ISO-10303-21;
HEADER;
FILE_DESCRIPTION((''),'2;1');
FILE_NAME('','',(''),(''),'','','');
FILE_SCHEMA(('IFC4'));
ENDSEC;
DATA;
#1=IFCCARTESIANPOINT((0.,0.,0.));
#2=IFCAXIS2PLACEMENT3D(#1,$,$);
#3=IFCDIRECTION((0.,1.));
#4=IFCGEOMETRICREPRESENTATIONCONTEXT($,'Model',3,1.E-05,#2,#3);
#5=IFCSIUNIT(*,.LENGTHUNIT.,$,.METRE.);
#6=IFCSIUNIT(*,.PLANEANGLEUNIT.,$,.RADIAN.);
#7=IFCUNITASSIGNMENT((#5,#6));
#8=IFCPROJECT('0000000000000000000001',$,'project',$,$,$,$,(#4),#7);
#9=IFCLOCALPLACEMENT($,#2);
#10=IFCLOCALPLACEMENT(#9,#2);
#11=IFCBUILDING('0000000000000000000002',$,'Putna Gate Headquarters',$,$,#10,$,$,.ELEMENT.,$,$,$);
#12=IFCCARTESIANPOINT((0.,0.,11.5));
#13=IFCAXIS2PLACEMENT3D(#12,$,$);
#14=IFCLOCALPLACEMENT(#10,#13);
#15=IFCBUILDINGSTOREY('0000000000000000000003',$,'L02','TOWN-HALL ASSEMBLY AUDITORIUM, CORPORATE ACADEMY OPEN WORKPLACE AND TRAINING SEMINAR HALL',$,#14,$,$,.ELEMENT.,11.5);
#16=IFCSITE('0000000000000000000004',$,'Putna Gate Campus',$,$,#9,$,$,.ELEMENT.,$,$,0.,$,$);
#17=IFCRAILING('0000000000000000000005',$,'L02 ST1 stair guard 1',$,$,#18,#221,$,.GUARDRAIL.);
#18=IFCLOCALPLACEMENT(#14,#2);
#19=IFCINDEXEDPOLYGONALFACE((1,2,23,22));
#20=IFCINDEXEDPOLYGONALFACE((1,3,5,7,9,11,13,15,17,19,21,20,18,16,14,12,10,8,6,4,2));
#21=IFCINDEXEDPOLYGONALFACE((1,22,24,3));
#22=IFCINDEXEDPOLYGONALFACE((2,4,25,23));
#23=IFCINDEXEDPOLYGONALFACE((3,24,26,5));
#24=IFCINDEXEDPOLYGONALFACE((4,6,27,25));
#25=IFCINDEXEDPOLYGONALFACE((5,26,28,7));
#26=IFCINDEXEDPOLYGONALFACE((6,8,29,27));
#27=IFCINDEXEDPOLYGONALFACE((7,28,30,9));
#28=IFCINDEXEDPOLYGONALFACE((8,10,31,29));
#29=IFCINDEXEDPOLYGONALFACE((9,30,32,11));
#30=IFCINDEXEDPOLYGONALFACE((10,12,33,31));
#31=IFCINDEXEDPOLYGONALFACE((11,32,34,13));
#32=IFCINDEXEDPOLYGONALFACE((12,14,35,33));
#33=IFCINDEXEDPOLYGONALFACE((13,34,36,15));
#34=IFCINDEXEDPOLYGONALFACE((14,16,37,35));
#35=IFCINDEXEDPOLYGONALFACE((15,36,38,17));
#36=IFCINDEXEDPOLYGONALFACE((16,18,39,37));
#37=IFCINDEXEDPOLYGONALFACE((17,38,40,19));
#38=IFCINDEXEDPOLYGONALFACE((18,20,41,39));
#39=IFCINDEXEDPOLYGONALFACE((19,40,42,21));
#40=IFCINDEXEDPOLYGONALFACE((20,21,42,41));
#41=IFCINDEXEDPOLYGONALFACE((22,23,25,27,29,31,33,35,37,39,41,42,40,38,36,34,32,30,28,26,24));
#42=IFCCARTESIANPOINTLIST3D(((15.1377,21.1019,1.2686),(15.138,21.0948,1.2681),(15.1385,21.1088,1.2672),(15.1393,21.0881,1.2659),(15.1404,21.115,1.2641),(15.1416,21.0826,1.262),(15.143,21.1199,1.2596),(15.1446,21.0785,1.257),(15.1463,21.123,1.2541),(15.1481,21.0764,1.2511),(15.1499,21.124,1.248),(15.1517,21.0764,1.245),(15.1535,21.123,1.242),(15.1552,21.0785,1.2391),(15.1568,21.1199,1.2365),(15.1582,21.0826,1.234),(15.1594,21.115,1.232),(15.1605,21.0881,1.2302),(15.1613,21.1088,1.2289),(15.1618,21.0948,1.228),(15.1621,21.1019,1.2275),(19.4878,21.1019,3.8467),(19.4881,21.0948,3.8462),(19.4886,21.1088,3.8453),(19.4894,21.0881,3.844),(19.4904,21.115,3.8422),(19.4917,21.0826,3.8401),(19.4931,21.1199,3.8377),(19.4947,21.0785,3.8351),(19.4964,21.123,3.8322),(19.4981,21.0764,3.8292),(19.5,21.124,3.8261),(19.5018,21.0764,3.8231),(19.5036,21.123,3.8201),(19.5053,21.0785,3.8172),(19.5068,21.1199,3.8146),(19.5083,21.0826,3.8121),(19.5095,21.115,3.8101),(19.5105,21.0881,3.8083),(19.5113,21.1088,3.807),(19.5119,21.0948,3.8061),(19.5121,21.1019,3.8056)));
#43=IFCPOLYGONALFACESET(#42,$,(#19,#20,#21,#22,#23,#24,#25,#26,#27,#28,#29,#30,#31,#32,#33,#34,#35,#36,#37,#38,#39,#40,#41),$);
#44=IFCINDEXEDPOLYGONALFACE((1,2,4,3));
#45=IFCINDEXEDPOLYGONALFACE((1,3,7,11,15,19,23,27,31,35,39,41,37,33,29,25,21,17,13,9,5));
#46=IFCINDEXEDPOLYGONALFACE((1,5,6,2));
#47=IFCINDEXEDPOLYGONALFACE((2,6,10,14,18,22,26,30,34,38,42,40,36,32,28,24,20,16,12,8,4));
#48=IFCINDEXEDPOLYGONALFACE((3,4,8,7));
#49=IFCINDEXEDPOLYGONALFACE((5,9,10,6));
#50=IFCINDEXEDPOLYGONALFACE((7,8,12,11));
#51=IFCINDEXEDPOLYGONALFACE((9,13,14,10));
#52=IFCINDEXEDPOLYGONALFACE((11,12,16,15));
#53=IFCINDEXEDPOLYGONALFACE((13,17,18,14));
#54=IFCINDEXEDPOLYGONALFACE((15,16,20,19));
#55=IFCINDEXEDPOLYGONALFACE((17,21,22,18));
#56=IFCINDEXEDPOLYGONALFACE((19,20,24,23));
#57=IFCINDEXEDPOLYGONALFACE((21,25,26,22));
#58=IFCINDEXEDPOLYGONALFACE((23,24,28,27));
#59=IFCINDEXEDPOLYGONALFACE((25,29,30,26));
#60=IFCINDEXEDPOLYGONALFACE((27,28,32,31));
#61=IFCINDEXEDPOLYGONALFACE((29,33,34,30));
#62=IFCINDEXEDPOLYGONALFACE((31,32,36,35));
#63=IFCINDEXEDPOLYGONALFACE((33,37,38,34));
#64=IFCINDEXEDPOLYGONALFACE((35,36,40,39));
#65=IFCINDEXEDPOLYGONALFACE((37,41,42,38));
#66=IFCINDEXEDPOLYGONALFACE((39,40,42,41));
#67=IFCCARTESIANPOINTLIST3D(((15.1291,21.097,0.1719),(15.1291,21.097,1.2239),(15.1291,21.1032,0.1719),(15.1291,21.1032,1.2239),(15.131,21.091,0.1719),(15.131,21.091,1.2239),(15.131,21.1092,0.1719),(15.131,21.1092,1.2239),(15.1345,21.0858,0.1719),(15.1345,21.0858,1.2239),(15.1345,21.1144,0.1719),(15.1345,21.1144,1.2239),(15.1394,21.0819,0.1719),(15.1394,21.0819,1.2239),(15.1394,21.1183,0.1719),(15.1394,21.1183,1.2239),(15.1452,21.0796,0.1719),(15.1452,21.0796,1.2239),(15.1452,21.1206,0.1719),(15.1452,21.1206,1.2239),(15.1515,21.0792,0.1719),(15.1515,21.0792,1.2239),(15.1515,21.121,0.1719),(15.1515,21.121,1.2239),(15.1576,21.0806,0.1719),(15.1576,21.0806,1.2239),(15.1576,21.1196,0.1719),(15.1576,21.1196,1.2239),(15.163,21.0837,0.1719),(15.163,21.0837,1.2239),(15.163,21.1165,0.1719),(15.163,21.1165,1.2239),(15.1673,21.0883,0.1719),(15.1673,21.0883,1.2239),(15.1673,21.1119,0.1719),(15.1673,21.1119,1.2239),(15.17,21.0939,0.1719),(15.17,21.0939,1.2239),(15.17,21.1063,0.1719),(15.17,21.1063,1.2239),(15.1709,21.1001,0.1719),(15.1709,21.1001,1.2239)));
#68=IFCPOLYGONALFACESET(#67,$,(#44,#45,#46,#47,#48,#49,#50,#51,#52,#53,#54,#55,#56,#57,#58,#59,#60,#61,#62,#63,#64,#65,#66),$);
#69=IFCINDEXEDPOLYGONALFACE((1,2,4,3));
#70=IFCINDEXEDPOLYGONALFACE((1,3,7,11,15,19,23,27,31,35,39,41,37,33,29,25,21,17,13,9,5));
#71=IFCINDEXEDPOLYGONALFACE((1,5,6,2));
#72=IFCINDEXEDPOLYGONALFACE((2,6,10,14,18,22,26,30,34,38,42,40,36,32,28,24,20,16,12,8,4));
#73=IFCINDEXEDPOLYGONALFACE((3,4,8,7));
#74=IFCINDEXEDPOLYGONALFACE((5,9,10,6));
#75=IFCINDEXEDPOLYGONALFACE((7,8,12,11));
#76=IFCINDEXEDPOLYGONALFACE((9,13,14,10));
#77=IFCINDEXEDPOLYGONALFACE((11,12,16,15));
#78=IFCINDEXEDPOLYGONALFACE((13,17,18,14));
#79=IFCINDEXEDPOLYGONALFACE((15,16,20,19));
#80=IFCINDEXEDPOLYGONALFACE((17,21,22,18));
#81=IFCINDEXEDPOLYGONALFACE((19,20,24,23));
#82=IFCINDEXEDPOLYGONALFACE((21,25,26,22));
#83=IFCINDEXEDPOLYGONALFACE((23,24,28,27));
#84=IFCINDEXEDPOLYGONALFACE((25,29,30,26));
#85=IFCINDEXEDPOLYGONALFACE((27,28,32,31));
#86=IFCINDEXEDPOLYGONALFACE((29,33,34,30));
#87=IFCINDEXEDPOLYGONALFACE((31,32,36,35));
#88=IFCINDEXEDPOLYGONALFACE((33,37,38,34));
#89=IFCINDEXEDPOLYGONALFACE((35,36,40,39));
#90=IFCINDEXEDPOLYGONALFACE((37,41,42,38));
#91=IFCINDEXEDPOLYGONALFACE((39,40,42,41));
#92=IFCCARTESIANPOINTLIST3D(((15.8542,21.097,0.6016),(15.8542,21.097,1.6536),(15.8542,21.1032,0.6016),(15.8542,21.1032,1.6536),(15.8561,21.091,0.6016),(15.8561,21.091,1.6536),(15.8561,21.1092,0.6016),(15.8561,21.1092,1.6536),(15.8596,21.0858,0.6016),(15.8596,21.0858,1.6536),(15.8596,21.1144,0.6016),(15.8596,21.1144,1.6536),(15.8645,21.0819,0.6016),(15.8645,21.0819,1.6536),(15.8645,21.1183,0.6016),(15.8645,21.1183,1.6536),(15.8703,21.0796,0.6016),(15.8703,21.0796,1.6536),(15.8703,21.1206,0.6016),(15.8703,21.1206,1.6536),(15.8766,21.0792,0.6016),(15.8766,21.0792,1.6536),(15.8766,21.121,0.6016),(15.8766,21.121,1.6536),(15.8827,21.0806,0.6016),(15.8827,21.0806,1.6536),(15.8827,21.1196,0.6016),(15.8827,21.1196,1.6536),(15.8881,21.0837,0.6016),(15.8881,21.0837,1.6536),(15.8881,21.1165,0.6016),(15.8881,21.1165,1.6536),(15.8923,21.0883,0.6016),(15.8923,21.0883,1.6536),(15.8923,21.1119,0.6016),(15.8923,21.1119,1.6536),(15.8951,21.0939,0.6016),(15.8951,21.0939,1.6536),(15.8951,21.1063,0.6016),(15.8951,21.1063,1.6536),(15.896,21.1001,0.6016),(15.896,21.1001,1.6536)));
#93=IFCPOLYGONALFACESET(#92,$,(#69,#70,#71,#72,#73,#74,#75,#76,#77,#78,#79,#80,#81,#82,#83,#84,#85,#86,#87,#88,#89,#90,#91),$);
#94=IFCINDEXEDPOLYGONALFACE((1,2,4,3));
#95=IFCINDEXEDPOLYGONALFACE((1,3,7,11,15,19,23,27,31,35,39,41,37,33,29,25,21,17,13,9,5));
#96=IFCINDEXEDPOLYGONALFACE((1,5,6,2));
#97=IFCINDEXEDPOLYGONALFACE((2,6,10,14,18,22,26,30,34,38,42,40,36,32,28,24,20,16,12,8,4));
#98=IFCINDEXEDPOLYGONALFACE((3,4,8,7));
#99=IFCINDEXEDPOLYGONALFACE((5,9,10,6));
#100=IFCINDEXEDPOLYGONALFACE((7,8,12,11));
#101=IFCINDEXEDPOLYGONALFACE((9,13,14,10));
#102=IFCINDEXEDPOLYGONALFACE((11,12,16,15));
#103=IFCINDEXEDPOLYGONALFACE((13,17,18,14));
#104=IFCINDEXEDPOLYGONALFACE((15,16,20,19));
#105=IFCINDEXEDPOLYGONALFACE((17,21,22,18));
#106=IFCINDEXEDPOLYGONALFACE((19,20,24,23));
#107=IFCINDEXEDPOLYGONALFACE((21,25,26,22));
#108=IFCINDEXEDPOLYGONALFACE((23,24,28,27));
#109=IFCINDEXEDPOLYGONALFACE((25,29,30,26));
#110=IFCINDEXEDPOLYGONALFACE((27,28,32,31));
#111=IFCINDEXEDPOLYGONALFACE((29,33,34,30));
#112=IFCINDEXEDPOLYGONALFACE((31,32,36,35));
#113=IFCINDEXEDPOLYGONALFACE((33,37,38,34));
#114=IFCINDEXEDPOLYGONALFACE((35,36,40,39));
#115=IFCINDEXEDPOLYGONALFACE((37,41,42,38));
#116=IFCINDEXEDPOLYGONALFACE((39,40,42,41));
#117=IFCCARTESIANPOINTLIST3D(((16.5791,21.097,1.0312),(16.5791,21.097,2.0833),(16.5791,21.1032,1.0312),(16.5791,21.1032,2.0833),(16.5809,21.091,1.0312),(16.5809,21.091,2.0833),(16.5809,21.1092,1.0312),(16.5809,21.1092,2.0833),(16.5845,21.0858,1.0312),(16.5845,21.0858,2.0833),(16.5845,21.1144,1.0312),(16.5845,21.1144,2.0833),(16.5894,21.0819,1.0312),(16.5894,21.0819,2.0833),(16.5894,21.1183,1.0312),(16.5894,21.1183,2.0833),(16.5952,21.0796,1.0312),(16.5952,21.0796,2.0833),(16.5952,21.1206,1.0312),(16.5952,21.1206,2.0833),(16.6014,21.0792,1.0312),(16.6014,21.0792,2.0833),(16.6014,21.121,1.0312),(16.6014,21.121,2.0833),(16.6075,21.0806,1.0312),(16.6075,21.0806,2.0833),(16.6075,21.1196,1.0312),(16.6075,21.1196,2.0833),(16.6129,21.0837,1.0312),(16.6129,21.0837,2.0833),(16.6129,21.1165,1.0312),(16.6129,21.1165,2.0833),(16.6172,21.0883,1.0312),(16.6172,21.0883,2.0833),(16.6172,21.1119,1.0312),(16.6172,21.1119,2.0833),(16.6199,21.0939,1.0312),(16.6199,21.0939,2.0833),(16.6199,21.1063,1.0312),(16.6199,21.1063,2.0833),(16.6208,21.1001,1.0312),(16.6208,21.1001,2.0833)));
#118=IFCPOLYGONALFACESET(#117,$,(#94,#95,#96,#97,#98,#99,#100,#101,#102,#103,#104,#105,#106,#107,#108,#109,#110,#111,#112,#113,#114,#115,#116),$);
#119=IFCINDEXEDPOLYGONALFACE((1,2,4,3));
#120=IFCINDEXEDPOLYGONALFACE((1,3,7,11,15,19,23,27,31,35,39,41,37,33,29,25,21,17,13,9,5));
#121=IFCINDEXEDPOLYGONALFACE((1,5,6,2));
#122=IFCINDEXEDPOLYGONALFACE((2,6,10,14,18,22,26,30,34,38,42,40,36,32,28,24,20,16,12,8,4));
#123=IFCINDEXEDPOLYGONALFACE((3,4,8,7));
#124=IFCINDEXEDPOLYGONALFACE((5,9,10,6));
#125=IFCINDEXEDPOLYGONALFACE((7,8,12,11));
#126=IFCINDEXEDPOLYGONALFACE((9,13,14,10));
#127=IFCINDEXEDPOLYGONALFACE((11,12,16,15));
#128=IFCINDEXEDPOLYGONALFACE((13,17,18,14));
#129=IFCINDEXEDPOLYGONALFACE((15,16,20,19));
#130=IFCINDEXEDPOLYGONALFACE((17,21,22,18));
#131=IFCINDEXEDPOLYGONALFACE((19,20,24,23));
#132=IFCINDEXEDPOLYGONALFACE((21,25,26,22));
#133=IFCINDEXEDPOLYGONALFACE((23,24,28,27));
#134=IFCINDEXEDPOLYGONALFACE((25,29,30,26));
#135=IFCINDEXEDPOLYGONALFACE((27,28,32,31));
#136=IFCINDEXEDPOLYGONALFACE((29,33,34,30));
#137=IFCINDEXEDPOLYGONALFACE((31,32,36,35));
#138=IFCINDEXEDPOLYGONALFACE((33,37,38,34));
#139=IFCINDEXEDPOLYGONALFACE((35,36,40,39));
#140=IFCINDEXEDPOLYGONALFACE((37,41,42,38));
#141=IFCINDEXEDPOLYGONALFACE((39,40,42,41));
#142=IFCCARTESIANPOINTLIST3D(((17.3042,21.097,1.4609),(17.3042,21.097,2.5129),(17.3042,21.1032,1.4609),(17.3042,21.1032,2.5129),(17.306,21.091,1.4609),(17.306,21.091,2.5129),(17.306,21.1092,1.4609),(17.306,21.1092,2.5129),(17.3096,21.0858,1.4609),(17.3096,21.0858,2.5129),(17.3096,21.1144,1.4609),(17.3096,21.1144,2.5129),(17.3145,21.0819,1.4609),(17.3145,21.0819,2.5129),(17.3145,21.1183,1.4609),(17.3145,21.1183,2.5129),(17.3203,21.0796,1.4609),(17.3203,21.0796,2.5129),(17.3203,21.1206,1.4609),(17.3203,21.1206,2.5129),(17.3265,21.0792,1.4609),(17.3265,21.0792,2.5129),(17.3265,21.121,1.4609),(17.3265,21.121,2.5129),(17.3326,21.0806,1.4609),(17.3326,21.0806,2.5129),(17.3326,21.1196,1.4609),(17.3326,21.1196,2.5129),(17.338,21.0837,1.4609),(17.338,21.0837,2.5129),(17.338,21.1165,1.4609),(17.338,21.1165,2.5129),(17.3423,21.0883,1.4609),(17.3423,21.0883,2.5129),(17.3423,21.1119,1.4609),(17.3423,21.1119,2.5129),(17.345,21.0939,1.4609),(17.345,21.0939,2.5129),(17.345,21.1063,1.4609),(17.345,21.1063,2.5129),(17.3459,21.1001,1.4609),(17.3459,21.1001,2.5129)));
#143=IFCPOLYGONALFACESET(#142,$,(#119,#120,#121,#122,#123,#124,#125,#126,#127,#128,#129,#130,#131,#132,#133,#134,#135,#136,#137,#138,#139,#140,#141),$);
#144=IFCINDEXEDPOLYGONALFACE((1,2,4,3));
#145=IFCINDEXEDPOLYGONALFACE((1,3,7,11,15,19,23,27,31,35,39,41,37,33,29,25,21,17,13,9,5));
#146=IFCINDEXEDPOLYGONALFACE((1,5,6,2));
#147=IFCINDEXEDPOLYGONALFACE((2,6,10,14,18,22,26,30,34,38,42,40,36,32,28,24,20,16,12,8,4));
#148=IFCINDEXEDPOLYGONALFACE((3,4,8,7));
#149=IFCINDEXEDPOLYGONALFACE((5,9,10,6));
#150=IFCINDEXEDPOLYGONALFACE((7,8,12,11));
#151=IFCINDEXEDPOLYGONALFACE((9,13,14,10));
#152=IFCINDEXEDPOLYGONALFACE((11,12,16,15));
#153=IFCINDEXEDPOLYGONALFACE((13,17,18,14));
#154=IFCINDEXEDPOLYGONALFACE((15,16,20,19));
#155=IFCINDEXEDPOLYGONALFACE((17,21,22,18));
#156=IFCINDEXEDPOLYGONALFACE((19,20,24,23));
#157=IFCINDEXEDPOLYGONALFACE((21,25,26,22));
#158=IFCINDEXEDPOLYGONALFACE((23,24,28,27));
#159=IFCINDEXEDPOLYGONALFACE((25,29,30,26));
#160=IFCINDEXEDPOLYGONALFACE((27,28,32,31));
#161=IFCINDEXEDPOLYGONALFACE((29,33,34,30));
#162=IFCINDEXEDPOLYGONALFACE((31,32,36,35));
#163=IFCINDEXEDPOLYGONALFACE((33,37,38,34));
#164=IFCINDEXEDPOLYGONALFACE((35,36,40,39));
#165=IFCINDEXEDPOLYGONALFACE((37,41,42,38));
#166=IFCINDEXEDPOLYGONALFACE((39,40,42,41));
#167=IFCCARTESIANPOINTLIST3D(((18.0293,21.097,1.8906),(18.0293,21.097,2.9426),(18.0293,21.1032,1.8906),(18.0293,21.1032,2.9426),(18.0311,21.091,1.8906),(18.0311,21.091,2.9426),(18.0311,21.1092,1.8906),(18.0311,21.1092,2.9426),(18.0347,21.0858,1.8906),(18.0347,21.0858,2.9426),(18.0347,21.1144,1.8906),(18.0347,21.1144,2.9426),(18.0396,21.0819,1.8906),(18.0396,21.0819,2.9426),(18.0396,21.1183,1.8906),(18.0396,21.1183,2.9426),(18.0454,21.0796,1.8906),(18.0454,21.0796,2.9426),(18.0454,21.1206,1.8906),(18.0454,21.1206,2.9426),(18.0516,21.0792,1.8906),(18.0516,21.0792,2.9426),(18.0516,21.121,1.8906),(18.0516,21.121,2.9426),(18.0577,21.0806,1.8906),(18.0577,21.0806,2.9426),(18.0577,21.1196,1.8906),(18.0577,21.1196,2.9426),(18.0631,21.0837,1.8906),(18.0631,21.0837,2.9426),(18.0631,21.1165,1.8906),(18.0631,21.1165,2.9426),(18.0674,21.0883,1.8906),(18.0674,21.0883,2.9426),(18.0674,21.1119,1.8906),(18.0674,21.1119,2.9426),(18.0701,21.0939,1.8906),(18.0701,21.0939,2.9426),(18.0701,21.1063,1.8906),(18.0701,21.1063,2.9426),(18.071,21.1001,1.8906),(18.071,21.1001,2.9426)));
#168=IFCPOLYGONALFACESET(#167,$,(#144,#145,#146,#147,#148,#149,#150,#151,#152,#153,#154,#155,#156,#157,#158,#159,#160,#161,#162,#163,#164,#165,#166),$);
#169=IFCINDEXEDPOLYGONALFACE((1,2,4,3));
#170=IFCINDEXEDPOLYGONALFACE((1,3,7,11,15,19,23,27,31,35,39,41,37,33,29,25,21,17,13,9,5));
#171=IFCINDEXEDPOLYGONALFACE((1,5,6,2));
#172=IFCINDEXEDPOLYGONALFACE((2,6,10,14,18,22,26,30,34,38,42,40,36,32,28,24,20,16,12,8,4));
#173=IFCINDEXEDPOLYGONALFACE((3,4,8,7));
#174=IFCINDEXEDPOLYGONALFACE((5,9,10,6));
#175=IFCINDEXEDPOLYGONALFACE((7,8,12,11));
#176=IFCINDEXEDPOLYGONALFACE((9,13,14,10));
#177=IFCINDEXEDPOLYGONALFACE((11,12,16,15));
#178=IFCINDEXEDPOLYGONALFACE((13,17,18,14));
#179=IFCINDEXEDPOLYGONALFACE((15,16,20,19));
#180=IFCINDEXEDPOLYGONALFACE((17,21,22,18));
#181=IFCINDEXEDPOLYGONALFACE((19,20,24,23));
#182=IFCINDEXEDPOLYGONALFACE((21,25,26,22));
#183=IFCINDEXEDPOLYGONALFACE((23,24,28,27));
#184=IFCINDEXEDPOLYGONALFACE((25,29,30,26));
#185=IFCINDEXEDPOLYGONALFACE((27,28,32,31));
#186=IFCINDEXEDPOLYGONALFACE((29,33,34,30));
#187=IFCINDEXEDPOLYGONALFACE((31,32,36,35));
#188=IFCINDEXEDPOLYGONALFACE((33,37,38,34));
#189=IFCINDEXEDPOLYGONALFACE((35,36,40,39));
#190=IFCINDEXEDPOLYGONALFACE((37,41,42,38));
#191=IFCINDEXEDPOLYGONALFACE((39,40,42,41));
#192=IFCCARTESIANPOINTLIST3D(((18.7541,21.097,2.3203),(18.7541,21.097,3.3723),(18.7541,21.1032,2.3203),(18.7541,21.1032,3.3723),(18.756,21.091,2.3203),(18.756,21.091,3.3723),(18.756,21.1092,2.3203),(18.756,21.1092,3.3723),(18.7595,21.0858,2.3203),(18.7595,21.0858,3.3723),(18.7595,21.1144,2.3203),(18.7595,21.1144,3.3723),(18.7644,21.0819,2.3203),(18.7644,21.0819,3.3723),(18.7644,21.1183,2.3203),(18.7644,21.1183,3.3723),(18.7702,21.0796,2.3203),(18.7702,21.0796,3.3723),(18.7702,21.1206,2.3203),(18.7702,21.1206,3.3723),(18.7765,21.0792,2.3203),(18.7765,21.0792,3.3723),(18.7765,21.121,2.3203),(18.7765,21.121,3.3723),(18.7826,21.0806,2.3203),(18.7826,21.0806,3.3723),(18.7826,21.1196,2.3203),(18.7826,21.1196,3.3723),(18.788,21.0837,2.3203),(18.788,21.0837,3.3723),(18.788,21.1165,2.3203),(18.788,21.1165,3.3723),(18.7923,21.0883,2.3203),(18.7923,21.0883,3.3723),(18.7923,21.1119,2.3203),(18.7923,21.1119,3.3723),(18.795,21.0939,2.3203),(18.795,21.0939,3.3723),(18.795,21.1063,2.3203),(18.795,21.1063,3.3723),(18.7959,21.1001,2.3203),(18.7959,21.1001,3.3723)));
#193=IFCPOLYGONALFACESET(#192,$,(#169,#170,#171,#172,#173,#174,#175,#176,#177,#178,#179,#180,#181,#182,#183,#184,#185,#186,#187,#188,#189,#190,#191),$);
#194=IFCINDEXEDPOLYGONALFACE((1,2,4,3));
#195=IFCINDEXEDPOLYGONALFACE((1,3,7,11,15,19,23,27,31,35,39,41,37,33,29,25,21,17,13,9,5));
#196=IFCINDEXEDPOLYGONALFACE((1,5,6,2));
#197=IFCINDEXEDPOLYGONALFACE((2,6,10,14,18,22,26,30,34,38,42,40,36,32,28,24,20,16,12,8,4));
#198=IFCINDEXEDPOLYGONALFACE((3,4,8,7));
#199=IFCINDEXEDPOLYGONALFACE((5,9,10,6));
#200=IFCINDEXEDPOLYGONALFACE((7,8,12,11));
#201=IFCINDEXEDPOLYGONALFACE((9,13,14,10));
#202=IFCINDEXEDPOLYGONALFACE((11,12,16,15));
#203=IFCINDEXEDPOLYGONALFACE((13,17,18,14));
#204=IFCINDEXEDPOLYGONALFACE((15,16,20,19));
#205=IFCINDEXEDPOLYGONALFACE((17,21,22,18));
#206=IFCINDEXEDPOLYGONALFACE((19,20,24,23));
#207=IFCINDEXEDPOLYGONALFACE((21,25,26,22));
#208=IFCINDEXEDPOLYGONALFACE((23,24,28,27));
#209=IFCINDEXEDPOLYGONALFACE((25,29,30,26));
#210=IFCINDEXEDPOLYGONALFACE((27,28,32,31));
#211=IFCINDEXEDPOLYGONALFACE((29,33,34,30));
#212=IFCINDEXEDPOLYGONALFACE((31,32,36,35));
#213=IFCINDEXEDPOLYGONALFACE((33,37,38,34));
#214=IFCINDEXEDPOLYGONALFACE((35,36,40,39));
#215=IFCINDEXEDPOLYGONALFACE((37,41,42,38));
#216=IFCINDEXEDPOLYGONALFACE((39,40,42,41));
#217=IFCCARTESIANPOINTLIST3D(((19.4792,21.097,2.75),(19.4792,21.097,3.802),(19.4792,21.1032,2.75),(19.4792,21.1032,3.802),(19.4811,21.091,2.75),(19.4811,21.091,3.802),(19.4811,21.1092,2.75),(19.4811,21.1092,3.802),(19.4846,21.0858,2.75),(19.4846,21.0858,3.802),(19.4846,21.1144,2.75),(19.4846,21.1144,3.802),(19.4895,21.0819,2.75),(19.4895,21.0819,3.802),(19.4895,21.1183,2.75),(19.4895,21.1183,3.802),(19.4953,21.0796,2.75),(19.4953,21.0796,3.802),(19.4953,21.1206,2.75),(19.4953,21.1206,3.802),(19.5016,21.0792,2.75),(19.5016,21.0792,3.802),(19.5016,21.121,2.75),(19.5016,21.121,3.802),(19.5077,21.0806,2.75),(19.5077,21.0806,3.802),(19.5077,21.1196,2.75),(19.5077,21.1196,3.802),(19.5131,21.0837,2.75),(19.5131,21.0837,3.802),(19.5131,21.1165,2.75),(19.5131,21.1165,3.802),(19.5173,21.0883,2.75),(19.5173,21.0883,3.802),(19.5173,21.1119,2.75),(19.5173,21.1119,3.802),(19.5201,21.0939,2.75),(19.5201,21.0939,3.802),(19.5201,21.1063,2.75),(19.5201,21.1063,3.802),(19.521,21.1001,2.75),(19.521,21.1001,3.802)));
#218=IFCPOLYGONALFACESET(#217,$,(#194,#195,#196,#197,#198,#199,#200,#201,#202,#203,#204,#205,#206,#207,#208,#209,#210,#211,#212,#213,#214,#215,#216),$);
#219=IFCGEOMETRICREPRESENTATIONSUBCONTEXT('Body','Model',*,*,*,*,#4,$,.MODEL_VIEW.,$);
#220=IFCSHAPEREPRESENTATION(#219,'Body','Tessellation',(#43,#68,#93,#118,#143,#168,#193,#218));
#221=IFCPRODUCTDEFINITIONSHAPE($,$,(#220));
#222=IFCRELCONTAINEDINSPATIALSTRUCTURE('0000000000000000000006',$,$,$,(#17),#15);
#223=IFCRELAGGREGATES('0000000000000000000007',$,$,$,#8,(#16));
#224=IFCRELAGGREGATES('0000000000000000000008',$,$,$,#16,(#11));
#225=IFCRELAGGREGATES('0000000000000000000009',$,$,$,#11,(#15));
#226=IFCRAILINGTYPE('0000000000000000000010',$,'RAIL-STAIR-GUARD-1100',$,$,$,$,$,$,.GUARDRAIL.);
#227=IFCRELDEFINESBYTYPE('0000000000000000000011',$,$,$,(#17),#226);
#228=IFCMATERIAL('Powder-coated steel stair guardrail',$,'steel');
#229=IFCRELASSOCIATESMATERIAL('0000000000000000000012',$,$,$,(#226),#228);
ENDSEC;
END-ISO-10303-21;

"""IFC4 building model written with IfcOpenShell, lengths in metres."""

from ifc_helpers import new_model, si_unit, direction, frame, origin, origin_2d, place, context, subcontext, project, spatial, circle, extrude, material, type_object, element, save


model = new_model("IFC4")

# Units and contexts
model_context = context("Model", 3, precision=1e-05, world=origin(), true_north=direction((0.0, 1.0)))
body_context = subcontext(model_context, "Body", "Model", "MODEL_VIEW")
ifc_project = project(units=[si_unit("LENGTHUNIT", "METRE"), si_unit("PLANEANGLEUNIT", "RADIAN")], contexts=[model_context])

# Site, building, storey
site_placement = place(None, origin())
site = spatial("IfcSite", under=ifc_project, at=site_placement, Name="Putna Gate Campus", CompositionType="ELEMENT", RefElevation=0.0)
building_placement = place(site_placement, origin())
building = spatial("IfcBuilding", under=site, at=building_placement, Name="Putna Gate Headquarters", CompositionType="ELEMENT")
storey_placement = place(building_placement, frame((0.0, 0.0, 11.5)))
storey = spatial("IfcBuildingStorey", under=building, at=storey_placement, Name="L02", Description="TOWN-HALL ASSEMBLY AUDITORIUM, CORPORATE ACADEMY OPEN WORKPLACE AND TRAINING SEMINAR HALL", CompositionType="ELEMENT", Elevation=11.5)

# Railing
ifc_material_1 = material(Name="Powder-coated steel stair guardrail", Category="steel")
railing_type_1 = type_object("IfcRailingType", Name="RAIL-STAIR-GUARD-1100", PredefinedType="GUARDRAIL", material=ifc_material_1)
railing_1_placement = place(storey_placement, frame((15.1499, 21.1001, 0.1719)))
element("IfcRailing", 1, at=railing_1_placement, inside=storey, type_object=railing_type_1, Name="L02 ST1 stair guard 1", PredefinedType="GUARDRAIL", context=body_context, shape_type="SweptSolid", body=[
    extrude(circle(Radius=0.0239, at=origin_2d()), frame((0.0, 0.0, 1.0762), z_axis=(0.860266, 0.0, 0.509845), x_axis=(0.0, 1.0, 0.0)), (0.0, 0.0, 1.0), 5.0566),
    extrude(circle(Radius=0.021, at=origin_2d()), origin(), (0.0, 0.0, 1.0), 1.052),
    extrude(circle(Radius=0.021, at=origin_2d()), frame((0.7251, 0.0, 0.4297)), (0.0, 0.0, 1.0), 1.052),
    extrude(circle(Radius=0.021, at=origin_2d()), frame((1.45, 0.0, 0.8594)), (0.0, 0.0, 1.0), 1.052),
    extrude(circle(Radius=0.021, at=origin_2d()), frame((2.175, 0.0, 1.2891)), (0.0, 0.0, 1.0), 1.052),
    extrude(circle(Radius=0.021, at=origin_2d()), frame((2.9001, 0.0, 1.7188)), (0.0, 0.0, 1.0), 1.052),
    extrude(circle(Radius=0.021, at=origin_2d()), frame((3.625, 0.0, 2.1484)), (0.0, 0.0, 1.0), 1.052),
    extrude(circle(Radius=0.021, at=origin_2d()), frame((4.3501, 0.0, 2.5781)), (0.0, 0.0, 1.0), 1.052),
])

save(model, "model.ifc")
